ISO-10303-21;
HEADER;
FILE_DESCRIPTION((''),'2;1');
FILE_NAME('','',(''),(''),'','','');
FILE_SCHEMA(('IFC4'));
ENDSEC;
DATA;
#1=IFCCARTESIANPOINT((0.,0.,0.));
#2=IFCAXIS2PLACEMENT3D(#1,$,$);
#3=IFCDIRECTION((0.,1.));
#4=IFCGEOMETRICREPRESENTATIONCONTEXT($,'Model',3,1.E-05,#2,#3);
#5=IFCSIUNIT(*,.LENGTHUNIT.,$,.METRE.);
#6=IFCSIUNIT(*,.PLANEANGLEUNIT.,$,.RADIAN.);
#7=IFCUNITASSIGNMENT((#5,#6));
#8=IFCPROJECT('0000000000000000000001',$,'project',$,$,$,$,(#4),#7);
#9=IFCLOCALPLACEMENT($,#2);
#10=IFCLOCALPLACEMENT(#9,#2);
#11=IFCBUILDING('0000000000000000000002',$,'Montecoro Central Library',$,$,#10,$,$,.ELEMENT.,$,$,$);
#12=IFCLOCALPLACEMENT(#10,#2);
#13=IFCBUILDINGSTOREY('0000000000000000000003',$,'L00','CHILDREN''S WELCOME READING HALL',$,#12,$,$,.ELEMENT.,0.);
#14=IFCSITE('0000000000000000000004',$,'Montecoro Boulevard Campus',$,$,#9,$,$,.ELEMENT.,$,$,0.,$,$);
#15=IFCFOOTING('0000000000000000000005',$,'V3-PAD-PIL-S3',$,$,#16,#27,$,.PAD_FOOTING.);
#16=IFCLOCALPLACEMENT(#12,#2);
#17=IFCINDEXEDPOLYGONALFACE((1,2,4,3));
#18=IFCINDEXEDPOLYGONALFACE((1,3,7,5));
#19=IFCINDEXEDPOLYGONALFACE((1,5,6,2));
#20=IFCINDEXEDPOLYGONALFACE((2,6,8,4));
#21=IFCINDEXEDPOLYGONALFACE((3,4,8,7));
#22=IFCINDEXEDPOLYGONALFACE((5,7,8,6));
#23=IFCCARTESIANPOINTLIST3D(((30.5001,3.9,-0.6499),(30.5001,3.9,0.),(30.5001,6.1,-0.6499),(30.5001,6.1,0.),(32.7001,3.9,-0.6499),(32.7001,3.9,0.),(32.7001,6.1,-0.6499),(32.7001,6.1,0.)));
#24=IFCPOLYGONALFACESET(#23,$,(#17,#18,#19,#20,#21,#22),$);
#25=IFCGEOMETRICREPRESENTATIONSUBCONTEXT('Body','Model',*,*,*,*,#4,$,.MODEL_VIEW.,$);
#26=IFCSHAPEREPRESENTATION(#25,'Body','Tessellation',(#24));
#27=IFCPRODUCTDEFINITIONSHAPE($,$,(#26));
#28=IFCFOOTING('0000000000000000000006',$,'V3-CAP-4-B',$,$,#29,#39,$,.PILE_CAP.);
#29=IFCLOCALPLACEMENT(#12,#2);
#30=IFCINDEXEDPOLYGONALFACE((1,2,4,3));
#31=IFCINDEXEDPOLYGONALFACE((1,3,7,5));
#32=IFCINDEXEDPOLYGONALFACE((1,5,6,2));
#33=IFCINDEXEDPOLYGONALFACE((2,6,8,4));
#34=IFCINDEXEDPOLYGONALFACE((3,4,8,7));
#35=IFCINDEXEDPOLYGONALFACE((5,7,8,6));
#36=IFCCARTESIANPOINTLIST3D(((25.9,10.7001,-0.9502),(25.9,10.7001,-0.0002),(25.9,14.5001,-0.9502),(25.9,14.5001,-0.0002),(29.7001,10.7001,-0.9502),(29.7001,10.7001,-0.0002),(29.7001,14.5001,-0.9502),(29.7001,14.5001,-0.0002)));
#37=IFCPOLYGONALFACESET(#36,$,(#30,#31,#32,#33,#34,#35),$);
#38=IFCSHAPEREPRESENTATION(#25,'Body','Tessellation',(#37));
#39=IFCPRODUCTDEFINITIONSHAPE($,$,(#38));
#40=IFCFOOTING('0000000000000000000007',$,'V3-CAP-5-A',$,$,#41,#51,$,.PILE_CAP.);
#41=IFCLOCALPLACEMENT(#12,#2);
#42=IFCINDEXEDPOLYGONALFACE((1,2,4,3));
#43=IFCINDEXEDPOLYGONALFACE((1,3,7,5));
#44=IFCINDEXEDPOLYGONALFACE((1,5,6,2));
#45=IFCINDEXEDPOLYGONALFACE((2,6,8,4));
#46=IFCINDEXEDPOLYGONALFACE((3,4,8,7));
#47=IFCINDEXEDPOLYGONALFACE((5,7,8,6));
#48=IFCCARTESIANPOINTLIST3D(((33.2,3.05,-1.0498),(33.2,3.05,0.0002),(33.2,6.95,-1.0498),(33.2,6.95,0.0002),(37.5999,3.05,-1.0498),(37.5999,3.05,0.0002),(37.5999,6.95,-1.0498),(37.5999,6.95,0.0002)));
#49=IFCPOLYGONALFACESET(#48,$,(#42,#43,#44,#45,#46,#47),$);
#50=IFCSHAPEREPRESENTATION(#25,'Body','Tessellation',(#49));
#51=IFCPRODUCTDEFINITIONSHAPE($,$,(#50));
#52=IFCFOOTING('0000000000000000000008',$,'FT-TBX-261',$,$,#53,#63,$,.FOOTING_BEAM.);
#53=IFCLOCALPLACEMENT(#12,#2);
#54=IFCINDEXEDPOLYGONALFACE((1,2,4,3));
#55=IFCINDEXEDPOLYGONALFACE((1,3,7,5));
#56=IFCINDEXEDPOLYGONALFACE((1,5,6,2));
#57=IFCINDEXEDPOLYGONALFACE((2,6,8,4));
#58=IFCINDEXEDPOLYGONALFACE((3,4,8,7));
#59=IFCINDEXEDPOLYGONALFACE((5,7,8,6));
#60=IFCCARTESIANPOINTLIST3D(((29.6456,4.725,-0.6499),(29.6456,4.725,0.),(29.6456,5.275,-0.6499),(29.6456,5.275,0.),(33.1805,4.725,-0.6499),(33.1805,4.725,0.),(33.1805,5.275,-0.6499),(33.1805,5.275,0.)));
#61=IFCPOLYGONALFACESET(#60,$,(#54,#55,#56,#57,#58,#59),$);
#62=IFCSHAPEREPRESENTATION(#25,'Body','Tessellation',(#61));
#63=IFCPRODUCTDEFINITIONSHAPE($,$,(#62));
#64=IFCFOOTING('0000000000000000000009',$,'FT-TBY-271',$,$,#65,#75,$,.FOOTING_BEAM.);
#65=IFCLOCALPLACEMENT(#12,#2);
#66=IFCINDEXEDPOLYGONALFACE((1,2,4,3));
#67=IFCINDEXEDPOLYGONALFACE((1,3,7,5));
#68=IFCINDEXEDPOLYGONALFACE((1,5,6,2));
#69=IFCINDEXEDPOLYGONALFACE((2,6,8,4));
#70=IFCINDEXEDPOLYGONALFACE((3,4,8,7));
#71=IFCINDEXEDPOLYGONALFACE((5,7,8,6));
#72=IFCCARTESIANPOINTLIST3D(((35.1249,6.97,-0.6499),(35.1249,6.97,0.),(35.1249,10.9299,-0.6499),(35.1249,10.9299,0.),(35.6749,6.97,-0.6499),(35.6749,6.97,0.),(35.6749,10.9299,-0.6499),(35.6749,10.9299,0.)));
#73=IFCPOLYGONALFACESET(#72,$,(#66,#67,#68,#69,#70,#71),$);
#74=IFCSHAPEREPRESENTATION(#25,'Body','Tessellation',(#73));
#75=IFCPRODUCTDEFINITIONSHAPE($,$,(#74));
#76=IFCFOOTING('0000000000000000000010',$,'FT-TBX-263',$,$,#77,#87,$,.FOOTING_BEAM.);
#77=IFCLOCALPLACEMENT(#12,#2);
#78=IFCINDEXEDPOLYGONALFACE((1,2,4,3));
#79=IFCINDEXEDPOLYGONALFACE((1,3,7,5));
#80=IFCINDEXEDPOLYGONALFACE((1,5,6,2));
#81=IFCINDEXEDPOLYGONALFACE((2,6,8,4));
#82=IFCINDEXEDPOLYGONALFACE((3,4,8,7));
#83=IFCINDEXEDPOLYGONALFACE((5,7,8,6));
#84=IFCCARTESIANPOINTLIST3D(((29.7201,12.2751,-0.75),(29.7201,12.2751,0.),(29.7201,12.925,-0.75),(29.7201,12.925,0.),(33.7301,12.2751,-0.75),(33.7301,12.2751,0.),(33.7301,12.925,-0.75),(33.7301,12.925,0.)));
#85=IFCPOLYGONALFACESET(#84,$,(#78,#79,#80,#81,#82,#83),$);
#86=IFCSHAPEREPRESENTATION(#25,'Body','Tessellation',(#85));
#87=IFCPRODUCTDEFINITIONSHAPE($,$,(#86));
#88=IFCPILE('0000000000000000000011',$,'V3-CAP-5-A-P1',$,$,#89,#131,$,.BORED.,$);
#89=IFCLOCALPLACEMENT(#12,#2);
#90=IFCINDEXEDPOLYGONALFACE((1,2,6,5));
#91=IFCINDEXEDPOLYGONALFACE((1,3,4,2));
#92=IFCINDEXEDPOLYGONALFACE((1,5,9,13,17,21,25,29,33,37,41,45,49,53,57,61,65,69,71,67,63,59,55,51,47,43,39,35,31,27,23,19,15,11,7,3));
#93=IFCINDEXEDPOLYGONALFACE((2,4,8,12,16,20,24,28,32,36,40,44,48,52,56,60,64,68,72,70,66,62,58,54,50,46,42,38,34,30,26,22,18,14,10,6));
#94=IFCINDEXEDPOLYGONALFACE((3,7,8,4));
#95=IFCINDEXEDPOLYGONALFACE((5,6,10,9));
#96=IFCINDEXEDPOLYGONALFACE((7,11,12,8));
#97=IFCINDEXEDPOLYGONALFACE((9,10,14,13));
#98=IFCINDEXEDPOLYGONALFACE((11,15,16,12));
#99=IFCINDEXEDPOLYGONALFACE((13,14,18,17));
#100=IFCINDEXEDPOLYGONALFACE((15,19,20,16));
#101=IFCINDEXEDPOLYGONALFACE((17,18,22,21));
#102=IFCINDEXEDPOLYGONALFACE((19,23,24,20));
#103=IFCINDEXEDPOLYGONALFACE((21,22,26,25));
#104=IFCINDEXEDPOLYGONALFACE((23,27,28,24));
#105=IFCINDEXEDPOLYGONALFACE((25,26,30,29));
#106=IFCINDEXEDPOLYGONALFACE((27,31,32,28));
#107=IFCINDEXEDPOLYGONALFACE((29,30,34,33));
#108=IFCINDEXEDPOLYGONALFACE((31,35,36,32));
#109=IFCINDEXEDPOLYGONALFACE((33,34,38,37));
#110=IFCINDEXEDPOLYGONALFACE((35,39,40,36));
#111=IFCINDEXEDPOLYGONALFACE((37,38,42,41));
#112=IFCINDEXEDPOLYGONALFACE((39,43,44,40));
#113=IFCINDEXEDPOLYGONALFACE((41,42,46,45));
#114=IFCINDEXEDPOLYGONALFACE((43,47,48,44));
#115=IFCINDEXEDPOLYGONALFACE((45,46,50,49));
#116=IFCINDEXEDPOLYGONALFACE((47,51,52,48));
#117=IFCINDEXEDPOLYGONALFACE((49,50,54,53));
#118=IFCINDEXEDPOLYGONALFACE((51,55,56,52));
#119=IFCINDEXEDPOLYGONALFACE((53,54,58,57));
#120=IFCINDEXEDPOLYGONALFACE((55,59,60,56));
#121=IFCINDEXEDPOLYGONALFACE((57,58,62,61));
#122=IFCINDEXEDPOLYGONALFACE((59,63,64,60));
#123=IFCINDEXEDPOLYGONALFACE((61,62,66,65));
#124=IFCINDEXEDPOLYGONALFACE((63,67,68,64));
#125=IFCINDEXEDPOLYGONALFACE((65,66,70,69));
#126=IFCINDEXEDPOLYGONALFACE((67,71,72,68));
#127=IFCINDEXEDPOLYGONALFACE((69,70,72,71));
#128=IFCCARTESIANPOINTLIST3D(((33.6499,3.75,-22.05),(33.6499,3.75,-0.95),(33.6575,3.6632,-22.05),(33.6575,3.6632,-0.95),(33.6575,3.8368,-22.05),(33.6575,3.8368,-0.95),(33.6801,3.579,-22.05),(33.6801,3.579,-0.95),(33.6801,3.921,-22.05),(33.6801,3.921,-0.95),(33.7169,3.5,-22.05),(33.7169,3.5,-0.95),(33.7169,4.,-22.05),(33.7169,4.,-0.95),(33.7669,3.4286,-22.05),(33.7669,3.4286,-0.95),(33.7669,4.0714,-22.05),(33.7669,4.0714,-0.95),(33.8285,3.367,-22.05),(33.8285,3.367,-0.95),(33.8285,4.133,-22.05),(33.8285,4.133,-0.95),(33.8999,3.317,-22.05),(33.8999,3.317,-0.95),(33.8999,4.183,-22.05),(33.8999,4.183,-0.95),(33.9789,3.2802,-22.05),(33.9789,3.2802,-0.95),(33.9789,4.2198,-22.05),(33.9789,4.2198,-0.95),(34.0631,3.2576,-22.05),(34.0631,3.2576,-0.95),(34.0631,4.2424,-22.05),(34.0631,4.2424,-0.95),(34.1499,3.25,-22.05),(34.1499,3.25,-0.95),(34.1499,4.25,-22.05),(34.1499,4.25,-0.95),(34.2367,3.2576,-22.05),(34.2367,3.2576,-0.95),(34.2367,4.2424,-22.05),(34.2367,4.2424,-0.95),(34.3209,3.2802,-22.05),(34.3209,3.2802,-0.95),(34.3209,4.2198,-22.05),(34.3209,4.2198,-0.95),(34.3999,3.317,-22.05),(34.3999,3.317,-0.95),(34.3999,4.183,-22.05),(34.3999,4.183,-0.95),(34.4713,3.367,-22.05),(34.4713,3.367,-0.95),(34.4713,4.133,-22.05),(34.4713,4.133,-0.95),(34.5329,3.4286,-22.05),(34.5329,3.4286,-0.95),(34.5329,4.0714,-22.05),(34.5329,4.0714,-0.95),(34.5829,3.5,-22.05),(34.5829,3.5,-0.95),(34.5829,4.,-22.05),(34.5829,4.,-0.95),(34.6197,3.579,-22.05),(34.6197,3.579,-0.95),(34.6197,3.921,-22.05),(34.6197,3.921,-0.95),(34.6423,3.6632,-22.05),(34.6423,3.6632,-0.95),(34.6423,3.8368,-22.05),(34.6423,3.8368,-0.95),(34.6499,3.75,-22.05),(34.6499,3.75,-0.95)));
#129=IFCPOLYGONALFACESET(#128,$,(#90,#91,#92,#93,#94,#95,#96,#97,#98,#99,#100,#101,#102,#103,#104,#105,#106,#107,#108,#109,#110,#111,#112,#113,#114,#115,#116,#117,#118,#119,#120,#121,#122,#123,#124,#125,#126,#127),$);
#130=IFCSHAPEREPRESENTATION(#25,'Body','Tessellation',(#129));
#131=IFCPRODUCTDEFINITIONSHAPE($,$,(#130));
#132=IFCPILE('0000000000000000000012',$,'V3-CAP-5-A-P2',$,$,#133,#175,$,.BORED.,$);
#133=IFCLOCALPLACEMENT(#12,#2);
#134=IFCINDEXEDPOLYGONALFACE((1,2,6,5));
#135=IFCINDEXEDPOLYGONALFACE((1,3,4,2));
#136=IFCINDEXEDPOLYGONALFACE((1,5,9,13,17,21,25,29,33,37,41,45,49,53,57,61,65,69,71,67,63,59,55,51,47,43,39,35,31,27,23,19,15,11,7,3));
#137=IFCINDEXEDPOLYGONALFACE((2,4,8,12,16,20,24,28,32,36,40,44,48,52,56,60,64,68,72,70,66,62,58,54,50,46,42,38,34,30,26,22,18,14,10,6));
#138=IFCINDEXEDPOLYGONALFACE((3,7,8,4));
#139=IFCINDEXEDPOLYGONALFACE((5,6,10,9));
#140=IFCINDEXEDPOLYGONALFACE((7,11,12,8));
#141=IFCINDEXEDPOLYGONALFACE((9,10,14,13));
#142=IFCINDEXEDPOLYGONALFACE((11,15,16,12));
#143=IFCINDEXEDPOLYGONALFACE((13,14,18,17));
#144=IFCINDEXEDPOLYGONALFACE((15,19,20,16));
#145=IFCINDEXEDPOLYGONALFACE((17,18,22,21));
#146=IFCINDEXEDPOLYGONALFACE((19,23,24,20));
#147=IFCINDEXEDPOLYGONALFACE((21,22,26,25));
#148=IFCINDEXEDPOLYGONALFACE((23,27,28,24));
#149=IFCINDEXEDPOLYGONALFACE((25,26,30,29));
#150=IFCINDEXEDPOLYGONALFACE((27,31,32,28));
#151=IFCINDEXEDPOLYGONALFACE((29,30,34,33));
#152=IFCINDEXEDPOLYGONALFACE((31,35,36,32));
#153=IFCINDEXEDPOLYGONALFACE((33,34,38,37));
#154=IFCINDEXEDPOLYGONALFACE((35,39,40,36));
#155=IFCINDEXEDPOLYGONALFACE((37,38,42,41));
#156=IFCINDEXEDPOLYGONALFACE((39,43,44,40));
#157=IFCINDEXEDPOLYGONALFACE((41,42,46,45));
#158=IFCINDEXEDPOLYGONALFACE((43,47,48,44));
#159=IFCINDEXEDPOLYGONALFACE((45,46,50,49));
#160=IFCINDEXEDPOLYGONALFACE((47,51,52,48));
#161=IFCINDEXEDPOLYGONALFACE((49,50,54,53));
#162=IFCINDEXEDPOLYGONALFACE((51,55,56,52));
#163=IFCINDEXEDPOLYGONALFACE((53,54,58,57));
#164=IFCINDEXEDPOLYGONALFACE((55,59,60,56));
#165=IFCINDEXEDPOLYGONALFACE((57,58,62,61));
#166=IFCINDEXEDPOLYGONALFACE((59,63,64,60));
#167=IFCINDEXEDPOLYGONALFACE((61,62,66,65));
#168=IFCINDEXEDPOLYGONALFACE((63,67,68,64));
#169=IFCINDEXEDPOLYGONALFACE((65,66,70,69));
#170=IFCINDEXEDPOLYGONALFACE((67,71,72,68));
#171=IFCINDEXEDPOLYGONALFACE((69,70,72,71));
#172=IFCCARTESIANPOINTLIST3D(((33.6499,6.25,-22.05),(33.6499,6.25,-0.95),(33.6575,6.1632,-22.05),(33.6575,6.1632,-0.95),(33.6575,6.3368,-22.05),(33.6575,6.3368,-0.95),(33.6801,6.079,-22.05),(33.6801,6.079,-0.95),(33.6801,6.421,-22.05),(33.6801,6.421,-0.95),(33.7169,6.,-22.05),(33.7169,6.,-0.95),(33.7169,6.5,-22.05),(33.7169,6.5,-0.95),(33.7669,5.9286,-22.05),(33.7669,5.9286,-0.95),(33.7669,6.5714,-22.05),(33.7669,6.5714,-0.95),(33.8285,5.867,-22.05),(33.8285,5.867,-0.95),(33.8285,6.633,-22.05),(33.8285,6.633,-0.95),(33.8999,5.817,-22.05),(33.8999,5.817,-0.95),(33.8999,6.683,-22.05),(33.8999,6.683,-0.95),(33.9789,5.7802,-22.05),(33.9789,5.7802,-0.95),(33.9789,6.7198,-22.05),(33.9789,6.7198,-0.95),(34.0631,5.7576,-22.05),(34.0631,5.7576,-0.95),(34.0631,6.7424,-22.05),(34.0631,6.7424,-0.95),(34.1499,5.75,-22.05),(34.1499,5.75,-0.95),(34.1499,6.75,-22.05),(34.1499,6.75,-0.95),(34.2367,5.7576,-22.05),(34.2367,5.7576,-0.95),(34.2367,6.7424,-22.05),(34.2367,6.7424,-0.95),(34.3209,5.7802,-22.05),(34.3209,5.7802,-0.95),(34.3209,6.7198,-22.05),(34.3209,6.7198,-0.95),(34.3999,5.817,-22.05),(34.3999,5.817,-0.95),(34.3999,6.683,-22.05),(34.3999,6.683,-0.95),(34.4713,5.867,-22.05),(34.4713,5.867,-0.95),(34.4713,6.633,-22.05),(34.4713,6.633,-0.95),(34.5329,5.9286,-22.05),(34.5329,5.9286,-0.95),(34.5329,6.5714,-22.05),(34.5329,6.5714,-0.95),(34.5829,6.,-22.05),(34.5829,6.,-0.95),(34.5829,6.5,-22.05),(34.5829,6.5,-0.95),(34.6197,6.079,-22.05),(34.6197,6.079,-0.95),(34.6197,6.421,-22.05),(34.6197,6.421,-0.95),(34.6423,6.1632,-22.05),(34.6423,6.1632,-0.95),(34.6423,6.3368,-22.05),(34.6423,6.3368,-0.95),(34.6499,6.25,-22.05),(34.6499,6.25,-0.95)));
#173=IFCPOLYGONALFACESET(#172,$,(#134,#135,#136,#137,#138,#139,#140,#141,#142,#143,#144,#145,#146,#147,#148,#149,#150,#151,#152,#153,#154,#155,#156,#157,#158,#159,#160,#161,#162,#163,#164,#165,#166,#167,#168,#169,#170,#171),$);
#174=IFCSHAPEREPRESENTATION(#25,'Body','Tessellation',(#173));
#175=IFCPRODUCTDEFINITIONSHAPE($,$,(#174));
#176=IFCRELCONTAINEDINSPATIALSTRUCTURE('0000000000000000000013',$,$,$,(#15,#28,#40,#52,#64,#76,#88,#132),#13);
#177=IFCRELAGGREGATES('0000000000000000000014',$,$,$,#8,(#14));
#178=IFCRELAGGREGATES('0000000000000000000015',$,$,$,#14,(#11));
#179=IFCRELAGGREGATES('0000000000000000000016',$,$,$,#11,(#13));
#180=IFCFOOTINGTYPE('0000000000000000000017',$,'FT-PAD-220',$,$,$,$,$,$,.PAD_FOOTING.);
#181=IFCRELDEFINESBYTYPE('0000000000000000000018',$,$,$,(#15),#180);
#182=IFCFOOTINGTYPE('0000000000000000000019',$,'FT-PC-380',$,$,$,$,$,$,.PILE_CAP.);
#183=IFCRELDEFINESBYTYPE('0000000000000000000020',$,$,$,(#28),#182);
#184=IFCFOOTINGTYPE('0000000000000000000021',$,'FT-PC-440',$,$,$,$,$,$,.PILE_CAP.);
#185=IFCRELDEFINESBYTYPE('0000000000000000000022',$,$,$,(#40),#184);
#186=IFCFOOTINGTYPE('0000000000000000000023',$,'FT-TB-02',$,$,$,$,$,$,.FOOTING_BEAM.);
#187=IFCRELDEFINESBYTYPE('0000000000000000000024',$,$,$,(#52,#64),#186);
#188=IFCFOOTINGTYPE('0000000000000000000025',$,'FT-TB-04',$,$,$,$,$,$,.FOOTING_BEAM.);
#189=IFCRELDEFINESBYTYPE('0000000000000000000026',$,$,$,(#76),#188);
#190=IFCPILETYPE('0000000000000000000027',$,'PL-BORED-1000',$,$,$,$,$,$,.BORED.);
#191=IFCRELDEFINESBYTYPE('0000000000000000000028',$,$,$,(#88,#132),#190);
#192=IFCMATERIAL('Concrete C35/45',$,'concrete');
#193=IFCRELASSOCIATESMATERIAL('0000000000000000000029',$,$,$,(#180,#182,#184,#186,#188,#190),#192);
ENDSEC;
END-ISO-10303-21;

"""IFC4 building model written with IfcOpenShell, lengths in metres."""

from ifc_helpers import new_model, si_unit, direction, frame, origin, origin_2d, place, context, subcontext, project, spatial, rectangle, circle, extrude, material, material_profile, profile_set, type_object, element, save


model = new_model("IFC4")

# Units and contexts
model_context = context("Model", 3, precision=1e-05, world=origin(), true_north=direction((0.0, 1.0)))
body_context = subcontext(model_context, "Body", "Model", "MODEL_VIEW")
ifc_project = project(units=[si_unit("LENGTHUNIT", "METRE"), si_unit("PLANEANGLEUNIT", "RADIAN")], contexts=[model_context])

# Site, building, storey
site_placement = place(None, origin())
site = spatial("IfcSite", under=ifc_project, at=site_placement, Name="Montecoro Boulevard Campus", CompositionType="ELEMENT", RefElevation=0.0)
building_placement = place(site_placement, origin())
building = spatial("IfcBuilding", under=site, at=building_placement, Name="Montecoro Central Library", CompositionType="ELEMENT")
storey_placement = place(building_placement, origin())
storey = spatial("IfcBuildingStorey", under=building, at=storey_placement, Name="L00", Description="CHILDREN'S WELCOME READING HALL", CompositionType="ELEMENT", Elevation=0.0)

# Footings
ifc_material_1 = material(Name="Concrete C35/45", Category="concrete")
footing_type_1 = type_object("IfcFootingType", Name="FT-PAD-220", PredefinedType="PAD_FOOTING", material=ifc_material_1)
footing_1_placement = place(storey_placement, frame((31.6001, 5.0, -0.6499), z_axis=(0.0, 0.0, 1.0), x_axis=(1.0, 0.0, 0.0)))
element("IfcFooting", 1, at=footing_1_placement, inside=storey, type_object=footing_type_1, Name="V3-PAD-PIL-S3", PredefinedType="PAD_FOOTING", context=body_context, shape_type="SweptSolid", body=[
    extrude(rectangle(XDim=2.2, YDim=2.2, at=origin_2d()), origin(), (0.0, 0.0, 1.0), 0.6499),
])
footing_type_2 = type_object("IfcFootingType", Name="FT-PC-380", PredefinedType="PILE_CAP", material=ifc_material_1)
footing_2_placement = place(storey_placement, frame((27.8, 12.6001, -0.9502), z_axis=(0.0, 0.0, 1.0), x_axis=(1.0, 0.0, 0.0)))
element("IfcFooting", 2, at=footing_2_placement, inside=storey, type_object=footing_type_2, Name="V3-CAP-4-B", PredefinedType="PILE_CAP", context=body_context, shape_type="SweptSolid", body=[
    extrude(rectangle(XDim=3.8, YDim=3.8, at=origin_2d()), origin(), (0.0, 0.0, 1.0), 0.95),
])
footing_type_3 = type_object("IfcFootingType", Name="FT-PC-440", PredefinedType="PILE_CAP", material=ifc_material_1)
footing_3_placement = place(storey_placement, frame((35.3999, 5.0, -1.0498), z_axis=(0.0, 0.0, 1.0), x_axis=(1.0, 0.0, 0.0)))
element("IfcFooting", 3, at=footing_3_placement, inside=storey, type_object=footing_type_3, Name="V3-CAP-5-A", PredefinedType="PILE_CAP", context=body_context, shape_type="SweptSolid", body=[
    extrude(rectangle(XDim=4.3999, YDim=3.8999, at=origin_2d()), origin(), (0.0, 0.0, 1.0), 1.05),
])
footing_type_4 = type_object("IfcFootingType", Name="FT-TB-02", PredefinedType="FOOTING_BEAM", material=ifc_material_1)
footing_4_placement = place(storey_placement, frame((31.4131, 5.0, -0.6499), z_axis=(0.0, 0.0, 1.0), x_axis=(1.0, 0.0, 0.0)))
element("IfcFooting", 4, at=footing_4_placement, inside=storey, type_object=footing_type_4, Name="FT-TBX-261", PredefinedType="FOOTING_BEAM", context=body_context, shape_type="SweptSolid", body=[
    extrude(rectangle(XDim=3.5349, YDim=0.55, at=origin_2d()), origin(), (0.0, 0.0, 1.0), 0.6499),
])
footing_5_placement = place(storey_placement, frame((35.3999, 8.95, -0.6499), z_axis=(0.0, 0.0, 1.0), x_axis=(1.0, 0.0, 0.0)))
element("IfcFooting", 5, at=footing_5_placement, inside=storey, type_object=footing_type_4, Name="FT-TBY-271", PredefinedType="FOOTING_BEAM", context=body_context, shape_type="SweptSolid", body=[
    extrude(rectangle(XDim=0.55, YDim=3.96, at=origin_2d()), origin(), (0.0, 0.0, 1.0), 0.6499),
])
footing_type_5 = type_object("IfcFootingType", Name="FT-TB-04", PredefinedType="FOOTING_BEAM", material=ifc_material_1)
footing_6_placement = place(storey_placement, frame((31.7251, 12.6001, -0.75), z_axis=(0.0, 0.0, 1.0), x_axis=(1.0, 0.0, 0.0)))
element("IfcFooting", 6, at=footing_6_placement, inside=storey, type_object=footing_type_5, Name="FT-TBX-263", PredefinedType="FOOTING_BEAM", context=body_context, shape_type="SweptSolid", body=[
    extrude(rectangle(XDim=4.01, YDim=0.6499, at=origin_2d()), origin(), (0.0, 0.0, 1.0), 0.75),
])

# Piles
ifc_material_profile_1 = material_profile(ifc_material_1, circle(Radius=0.5, at=origin_2d()), Name="PILE D1000")
ifc_profile_set_1 = profile_set([ifc_material_profile_1], Name="Concrete C35/45")
pile_type_1 = type_object("IfcPileType", Name="PL-BORED-1000", PredefinedType="BORED", material=ifc_profile_set_1)
for number, where, z_axis, x_axis, name in (
    (7, (34.1499, 3.75, -0.95), (0.0, 0.0, -1.0), (1.0, 0.0, 0.0), "V3-CAP-5-A-P1"),
    (8, (34.1499, 6.25, -0.95), (0.0, 0.0, -1.0), (1.0, 0.0, 0.0), "V3-CAP-5-A-P2"),
):
    element("IfcPile", number, at=place(storey_placement, frame(where, z_axis=z_axis, x_axis=x_axis)), inside=storey, type_object=pile_type_1, Name=name, PredefinedType="BORED", context=body_context, shape_type="SweptSolid", body=[
        extrude(circle(Radius=0.5, at=origin_2d()), origin(), (0.0, 0.0, 1.0), 21.1001),
    ])

save(model, "model.ifc")
